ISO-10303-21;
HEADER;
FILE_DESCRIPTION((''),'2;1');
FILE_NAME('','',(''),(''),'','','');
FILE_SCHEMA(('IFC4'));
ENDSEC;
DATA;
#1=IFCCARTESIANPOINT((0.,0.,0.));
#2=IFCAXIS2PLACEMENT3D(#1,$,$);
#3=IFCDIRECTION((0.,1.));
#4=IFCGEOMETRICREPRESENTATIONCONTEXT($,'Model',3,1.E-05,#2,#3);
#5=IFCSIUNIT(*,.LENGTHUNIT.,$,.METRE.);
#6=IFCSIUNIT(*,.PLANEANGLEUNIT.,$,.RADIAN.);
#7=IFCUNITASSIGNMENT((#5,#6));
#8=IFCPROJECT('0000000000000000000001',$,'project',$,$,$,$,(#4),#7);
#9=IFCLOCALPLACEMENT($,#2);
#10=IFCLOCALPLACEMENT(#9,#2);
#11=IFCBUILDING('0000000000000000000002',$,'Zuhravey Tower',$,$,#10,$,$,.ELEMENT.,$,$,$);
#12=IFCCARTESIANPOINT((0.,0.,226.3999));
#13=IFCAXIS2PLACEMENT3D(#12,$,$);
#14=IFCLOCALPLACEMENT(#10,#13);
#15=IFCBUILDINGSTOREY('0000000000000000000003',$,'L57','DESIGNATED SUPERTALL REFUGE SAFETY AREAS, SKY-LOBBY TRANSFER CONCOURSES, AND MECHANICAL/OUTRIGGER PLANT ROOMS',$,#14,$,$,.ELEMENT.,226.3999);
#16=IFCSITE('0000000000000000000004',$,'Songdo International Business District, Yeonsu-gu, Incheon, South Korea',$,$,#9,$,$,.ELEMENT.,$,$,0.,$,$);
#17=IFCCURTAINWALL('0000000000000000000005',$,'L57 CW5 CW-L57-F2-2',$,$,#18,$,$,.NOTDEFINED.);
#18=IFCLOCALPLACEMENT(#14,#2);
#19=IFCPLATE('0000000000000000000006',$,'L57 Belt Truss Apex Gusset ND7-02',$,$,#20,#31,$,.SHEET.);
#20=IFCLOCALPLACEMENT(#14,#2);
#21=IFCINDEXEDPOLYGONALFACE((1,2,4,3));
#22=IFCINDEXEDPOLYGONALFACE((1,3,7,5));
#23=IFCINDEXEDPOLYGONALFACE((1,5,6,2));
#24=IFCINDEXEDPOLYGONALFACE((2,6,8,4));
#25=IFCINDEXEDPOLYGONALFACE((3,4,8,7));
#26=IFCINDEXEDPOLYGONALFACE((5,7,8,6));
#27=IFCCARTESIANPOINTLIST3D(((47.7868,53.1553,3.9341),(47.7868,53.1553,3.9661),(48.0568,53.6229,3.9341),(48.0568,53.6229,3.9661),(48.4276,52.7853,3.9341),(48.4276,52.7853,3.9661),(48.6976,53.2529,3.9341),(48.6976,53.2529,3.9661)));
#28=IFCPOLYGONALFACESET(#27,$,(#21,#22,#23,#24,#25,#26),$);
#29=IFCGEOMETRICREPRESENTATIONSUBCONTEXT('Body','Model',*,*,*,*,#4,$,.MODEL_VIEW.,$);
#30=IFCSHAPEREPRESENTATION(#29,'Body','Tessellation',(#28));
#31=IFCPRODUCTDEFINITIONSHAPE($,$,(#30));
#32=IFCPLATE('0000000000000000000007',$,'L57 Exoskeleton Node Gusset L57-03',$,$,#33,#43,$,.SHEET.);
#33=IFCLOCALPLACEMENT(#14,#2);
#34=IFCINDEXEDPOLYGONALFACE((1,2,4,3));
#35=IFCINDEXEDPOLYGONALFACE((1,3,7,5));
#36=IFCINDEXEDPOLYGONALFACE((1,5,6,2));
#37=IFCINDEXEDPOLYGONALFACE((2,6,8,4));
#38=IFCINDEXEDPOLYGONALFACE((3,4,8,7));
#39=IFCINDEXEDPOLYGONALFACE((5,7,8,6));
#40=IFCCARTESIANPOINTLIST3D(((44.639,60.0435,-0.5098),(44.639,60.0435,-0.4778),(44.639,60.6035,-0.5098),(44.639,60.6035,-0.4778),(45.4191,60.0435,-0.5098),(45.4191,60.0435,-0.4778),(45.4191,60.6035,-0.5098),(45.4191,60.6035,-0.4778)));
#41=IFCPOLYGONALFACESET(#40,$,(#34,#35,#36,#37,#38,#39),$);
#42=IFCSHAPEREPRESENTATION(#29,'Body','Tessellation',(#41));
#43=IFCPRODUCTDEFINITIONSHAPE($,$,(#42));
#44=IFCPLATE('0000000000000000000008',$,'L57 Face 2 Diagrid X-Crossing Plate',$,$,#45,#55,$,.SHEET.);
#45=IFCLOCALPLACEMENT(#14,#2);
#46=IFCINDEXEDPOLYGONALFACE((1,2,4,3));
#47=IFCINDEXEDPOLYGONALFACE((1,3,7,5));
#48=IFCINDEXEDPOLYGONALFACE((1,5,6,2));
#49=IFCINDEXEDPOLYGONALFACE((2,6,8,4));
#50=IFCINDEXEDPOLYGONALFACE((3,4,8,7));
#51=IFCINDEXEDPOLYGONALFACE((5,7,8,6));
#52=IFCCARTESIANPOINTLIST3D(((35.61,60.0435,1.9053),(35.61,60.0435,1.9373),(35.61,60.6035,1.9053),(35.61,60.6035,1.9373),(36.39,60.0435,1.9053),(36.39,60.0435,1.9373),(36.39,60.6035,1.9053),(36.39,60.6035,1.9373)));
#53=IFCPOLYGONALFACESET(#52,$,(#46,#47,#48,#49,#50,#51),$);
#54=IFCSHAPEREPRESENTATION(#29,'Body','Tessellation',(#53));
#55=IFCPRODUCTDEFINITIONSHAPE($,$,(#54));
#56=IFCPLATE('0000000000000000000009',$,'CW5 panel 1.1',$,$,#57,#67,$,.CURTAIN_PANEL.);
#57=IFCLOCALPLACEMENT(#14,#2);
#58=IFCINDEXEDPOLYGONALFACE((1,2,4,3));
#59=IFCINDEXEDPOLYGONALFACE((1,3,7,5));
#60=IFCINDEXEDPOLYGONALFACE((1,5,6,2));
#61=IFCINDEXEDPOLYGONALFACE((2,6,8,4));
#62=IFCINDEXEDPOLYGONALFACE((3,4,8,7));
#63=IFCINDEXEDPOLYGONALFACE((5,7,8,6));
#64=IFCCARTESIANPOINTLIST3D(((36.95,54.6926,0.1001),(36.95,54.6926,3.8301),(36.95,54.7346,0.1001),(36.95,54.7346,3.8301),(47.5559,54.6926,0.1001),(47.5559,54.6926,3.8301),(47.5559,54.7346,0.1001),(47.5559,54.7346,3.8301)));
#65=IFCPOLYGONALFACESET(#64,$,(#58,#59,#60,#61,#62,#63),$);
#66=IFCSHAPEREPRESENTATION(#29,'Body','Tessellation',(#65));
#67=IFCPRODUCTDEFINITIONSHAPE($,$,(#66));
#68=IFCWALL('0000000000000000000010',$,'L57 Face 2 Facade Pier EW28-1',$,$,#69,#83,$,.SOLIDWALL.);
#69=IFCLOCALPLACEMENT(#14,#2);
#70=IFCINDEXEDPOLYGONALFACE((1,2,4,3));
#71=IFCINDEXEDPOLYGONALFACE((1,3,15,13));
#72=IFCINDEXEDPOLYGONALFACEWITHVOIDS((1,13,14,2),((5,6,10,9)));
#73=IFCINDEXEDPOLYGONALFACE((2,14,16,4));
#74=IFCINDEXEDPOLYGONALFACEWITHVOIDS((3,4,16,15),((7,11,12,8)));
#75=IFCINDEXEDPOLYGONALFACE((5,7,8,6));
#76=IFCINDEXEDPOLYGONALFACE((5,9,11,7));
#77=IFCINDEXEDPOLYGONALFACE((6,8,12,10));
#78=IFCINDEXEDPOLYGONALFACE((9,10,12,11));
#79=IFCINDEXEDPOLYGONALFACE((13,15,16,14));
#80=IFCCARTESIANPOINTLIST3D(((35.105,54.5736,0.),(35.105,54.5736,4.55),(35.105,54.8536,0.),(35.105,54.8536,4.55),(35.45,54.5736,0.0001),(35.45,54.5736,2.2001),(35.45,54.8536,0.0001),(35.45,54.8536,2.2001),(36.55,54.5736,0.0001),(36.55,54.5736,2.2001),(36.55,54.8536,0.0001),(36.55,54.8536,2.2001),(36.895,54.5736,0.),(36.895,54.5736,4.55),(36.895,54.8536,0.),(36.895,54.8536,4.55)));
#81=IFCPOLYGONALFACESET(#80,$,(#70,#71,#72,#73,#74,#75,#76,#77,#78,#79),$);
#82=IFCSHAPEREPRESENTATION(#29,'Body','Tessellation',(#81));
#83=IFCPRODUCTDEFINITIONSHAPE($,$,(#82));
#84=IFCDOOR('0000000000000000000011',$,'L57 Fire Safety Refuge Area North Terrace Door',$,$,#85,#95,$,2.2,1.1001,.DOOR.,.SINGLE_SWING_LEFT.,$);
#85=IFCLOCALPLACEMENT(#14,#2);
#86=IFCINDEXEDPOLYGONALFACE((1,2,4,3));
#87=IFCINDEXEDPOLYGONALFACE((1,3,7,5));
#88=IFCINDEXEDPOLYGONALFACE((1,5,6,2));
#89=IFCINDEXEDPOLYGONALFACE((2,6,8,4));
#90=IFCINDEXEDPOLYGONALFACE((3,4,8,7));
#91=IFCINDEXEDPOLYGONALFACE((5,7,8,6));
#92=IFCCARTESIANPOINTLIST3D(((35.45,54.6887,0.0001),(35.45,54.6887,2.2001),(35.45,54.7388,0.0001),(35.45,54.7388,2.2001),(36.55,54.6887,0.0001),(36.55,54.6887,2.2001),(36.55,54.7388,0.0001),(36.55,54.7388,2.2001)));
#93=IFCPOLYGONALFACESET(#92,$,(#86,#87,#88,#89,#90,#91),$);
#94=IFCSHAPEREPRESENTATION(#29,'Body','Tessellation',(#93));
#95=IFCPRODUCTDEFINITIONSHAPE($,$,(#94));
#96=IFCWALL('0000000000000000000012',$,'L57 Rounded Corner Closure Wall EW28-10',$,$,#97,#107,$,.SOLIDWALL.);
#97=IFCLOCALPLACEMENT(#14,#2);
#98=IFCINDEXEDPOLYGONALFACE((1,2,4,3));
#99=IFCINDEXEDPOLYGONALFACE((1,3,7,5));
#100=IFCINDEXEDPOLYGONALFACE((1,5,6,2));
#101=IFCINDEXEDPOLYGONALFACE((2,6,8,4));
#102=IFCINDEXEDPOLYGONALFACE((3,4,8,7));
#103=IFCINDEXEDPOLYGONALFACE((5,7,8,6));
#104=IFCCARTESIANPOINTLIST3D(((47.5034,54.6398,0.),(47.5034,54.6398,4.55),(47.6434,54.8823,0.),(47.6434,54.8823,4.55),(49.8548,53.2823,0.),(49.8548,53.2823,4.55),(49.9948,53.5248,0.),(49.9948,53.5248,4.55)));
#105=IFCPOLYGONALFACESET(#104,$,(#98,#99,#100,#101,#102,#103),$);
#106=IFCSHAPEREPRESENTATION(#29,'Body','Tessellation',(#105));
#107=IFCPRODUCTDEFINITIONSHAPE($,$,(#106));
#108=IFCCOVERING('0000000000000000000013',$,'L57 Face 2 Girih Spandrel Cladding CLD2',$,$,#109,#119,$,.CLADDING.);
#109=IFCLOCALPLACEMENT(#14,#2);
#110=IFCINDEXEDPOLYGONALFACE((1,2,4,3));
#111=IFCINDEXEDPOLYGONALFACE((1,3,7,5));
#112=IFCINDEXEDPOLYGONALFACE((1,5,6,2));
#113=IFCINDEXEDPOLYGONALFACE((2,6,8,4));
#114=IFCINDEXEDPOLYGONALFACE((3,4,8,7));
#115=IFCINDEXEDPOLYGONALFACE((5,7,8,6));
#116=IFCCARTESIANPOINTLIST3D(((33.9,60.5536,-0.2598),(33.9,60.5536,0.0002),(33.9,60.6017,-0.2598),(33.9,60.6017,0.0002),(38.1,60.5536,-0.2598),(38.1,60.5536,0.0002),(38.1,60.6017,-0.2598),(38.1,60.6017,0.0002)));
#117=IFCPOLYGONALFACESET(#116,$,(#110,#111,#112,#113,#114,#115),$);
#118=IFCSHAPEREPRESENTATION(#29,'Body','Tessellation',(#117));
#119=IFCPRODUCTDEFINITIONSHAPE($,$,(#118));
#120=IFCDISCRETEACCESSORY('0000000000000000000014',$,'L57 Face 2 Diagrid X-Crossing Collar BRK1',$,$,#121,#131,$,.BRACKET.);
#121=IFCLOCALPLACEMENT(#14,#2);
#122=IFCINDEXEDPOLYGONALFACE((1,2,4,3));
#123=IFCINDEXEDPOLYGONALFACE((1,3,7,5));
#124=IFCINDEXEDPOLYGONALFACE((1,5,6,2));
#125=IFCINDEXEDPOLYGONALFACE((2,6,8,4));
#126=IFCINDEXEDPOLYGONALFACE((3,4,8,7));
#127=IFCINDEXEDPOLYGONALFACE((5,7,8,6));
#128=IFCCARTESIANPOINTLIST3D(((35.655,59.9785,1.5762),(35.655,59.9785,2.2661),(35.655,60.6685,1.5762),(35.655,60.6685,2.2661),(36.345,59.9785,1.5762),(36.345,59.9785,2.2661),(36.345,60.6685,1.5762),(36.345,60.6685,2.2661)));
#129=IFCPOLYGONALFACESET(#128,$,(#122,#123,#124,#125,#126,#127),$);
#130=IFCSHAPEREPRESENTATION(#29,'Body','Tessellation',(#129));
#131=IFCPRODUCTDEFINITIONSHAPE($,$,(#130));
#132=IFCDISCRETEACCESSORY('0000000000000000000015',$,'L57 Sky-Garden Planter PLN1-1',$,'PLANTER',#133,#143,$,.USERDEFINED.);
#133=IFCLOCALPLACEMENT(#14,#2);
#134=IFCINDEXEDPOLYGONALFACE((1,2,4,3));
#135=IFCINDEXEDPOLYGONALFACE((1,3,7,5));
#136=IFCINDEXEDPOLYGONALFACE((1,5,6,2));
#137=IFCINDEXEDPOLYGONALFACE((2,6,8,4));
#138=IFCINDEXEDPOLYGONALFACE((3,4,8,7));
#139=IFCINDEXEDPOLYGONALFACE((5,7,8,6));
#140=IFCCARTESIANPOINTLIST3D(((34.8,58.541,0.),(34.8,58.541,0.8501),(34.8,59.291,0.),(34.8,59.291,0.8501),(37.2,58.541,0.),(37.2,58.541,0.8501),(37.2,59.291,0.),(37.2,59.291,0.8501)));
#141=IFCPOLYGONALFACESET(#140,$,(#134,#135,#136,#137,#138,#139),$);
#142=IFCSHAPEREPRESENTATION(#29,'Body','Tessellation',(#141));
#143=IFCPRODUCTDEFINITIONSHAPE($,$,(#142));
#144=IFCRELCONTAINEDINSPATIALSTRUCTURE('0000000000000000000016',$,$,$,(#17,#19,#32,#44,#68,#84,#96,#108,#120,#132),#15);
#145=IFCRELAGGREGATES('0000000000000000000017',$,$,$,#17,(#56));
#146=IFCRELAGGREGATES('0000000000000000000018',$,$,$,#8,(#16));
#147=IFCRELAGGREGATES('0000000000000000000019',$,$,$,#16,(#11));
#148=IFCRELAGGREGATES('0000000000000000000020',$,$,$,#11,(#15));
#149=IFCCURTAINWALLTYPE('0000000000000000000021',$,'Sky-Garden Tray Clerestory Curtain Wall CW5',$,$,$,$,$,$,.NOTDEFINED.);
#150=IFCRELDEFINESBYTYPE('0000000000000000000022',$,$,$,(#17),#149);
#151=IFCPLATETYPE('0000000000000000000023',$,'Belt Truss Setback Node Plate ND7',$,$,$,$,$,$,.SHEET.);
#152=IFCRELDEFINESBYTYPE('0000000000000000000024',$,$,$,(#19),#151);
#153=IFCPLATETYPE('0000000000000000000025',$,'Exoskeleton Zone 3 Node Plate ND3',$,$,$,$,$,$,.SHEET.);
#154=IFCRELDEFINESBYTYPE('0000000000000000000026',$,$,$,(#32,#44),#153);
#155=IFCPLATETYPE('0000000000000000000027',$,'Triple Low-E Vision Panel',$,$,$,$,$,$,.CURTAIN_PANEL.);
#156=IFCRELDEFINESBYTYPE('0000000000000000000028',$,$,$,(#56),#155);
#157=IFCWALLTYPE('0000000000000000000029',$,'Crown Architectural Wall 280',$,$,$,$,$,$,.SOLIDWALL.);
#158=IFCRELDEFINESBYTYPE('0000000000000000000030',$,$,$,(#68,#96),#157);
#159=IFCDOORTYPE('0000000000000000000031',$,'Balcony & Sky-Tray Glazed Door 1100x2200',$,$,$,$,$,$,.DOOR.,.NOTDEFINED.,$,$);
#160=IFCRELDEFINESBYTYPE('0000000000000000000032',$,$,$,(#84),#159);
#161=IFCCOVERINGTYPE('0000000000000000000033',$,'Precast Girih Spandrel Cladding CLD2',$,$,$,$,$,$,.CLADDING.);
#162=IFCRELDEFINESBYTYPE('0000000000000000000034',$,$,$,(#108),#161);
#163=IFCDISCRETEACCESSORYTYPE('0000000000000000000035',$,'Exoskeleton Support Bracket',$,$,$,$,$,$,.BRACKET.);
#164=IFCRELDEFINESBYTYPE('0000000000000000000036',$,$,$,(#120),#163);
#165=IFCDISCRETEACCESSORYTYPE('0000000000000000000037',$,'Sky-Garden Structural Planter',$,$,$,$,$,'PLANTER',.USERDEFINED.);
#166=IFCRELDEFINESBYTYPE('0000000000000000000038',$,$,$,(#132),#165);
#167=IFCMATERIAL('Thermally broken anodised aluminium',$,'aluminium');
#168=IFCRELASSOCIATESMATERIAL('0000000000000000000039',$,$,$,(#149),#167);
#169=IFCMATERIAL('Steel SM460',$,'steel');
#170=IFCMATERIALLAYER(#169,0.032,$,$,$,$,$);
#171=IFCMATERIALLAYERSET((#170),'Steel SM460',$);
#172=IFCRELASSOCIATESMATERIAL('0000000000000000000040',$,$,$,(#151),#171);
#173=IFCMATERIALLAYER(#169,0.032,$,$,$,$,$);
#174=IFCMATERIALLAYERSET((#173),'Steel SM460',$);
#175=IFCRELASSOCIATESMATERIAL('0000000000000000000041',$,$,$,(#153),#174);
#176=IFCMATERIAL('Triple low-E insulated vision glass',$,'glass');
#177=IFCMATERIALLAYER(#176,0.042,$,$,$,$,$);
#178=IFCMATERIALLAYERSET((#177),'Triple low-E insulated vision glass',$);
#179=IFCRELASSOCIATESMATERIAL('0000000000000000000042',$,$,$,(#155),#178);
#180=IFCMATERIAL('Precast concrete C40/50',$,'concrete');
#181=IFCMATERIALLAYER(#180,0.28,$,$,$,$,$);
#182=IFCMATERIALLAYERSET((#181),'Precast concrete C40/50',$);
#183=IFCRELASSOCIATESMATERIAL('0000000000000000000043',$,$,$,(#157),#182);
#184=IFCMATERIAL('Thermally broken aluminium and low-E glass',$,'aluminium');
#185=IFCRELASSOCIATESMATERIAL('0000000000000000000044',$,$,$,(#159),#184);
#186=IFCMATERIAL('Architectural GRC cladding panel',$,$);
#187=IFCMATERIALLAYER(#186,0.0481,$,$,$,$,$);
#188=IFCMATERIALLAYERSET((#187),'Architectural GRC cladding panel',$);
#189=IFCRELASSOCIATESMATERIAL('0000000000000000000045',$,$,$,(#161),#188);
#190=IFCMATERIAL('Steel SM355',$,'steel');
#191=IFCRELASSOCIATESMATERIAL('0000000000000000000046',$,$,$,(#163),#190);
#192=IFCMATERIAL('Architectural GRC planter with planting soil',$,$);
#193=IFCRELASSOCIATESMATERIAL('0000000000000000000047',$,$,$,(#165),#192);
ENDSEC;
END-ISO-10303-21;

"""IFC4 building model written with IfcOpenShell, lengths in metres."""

from ifc_helpers import new_model, si_unit, direction, frame, frame_2d, origin, origin_2d, place, context, subcontext, project, spatial, rectangle, extrude, material, layer, layer_set, type_object, element, fill, aggregate, save


model = new_model("IFC4")

# Units and contexts
model_context = context("Model", 3, precision=1e-05, world=origin(), true_north=direction((0.0, 1.0)))
body_context = subcontext(model_context, "Body", "Model", "MODEL_VIEW")
ifc_project = project(units=[si_unit("LENGTHUNIT", "METRE"), si_unit("PLANEANGLEUNIT", "RADIAN")], contexts=[model_context])

# Site, building, storey
site_placement = place(None, origin())
site = spatial("IfcSite", under=ifc_project, at=site_placement, Name="Songdo International Business District, Yeonsu-gu, Incheon, South Korea", CompositionType="ELEMENT", RefElevation=0.0)
building_placement = place(site_placement, origin())
building = spatial("IfcBuilding", under=site, at=building_placement, Name="Zuhravey Tower", CompositionType="ELEMENT")
storey_placement = place(building_placement, frame((0.0, 0.0, 226.3999)))
storey = spatial("IfcBuildingStorey", under=building, at=storey_placement, Name="L57", Description="DESIGNATED SUPERTALL REFUGE SAFETY AREAS, SKY-LOBBY TRANSFER CONCOURSES, AND MECHANICAL/OUTRIGGER PLANT ROOMS", CompositionType="ELEMENT", Elevation=226.3999)

# Shared definitions
ifc_material_1 = material(Name="Steel SM355", Category="steel")

# Shared definitions
ifc_material_2 = material(Name="Steel SM460", Category="steel")

# Shared definitions
ifc_material_3 = material(Name="Thermally broken anodised aluminium", Category="aluminium")
curtain_wall_type = type_object("IfcCurtainWallType", Name="Sky-Garden Tray Clerestory Curtain Wall CW5", PredefinedType="NOTDEFINED", material=ifc_material_3)

# Curtain wall
curtain_wall_1_placement = place(storey_placement, origin())
curtain_wall_1 = element("IfcCurtainWall", 1, at=curtain_wall_1_placement, inside=storey, type_object=curtain_wall_type, Name="L57 CW5 CW-L57-F2-2", PredefinedType="NOTDEFINED")

# Plates
ifc_layer_1 = layer(ifc_material_2, 0.032)
ifc_layer_set_1 = layer_set([ifc_layer_1], Name="Steel SM460")
plate_type_1 = type_object("IfcPlateType", Name="Belt Truss Setback Node Plate ND7", PredefinedType="SHEET", material=ifc_layer_set_1)
plate_1_placement = place(storey_placement, frame((48.2422, 53.2041, 3.9341), z_axis=(0.0, 0.0, 1.0), x_axis=(-0.866025, 0.5, 0.0)))
element("IfcPlate", 2, at=plate_1_placement, inside=storey, type_object=plate_type_1, Name="L57 Belt Truss Apex Gusset ND7-02", PredefinedType="SHEET", context=body_context, shape_type="SweptSolid", body=[
    extrude(rectangle(XDim=0.74, YDim=0.54, at=origin_2d()), origin(), (0.0, 0.0, 1.0), 0.032),
])
ifc_layer_2 = layer(ifc_material_2, 0.032)
ifc_layer_set_2 = layer_set([ifc_layer_2], Name="Steel SM460")
plate_type_2 = type_object("IfcPlateType", Name="Exoskeleton Zone 3 Node Plate ND3", PredefinedType="SHEET", material=ifc_layer_set_2)
for number, where, z_axis, x_axis, name in (
    (3, (45.0291, 60.3235, -0.5098), (0.0, 0.0, 1.0), (-1.0, 0.0, 0.0), "L57 Exoskeleton Node Gusset L57-03"),
    (4, (36.0, 60.3235, 1.9053), (0.0, 0.0, 1.0), (-1.0, 0.0, 0.0), "L57 Face 2 Diagrid X-Crossing Plate"),
):
    element("IfcPlate", number, at=place(storey_placement, frame(where, z_axis=z_axis, x_axis=x_axis)), inside=storey, type_object=plate_type_2, Name=name, PredefinedType="SHEET", context=body_context, shape_type="SweptSolid", body=[
        extrude(rectangle(XDim=0.78, YDim=0.5601, at=origin_2d()), origin(), (0.0, 0.0, 1.0), 0.032),
    ])

# Plate
ifc_material_4 = material(Name="Triple low-E insulated vision glass", Category="glass")
ifc_layer_3 = layer(ifc_material_4, 0.042)
ifc_layer_set_3 = layer_set([ifc_layer_3], Name="Triple low-E insulated vision glass")
plate_type_3 = type_object("IfcPlateType", Name="Triple Low-E Vision Panel", PredefinedType="CURTAIN_PANEL", material=ifc_layer_set_3)
plate_2_placement = place(storey_placement, frame((42.2529, 54.7136, 0.1001), z_axis=(0.0, 0.0, 1.0), x_axis=(1.0, 0.0, 0.0)))
plate_2 = element("IfcPlate", 5, at=plate_2_placement, type_object=plate_type_3, Name="CW5 panel 1.1", PredefinedType="CURTAIN_PANEL", context=body_context, shape_type="SweptSolid", body=[
    extrude(rectangle(XDim=10.606, YDim=0.042, at=origin_2d()), origin(), (0.0, 0.0, 1.0), 3.73),
])
aggregate(curtain_wall_1, [plate_2])

# Wall, opening, door
ifc_material_5 = material(Name="Precast concrete C40/50", Category="concrete")
ifc_layer_4 = layer(ifc_material_5, 0.28)
ifc_layer_set_4 = layer_set([ifc_layer_4], Name="Precast concrete C40/50")
wall_type = type_object("IfcWallType", Name="Crown Architectural Wall 280", PredefinedType="SOLIDWALL", material=ifc_layer_set_4)
wall_1_placement = place(storey_placement, frame((35.105, 54.7136, 0.0), z_axis=(0.0, 0.0, 1.0), x_axis=(1.0, 0.0, 0.0)))
wall_1 = element("IfcWall", 6, at=wall_1_placement, inside=storey, type_object=wall_type, Name="L57 Face 2 Facade Pier EW28-1", PredefinedType="SOLIDWALL", context=body_context, shape_type="SweptSolid", body=[
    extrude(rectangle(XDim=1.79, YDim=0.28, at=frame_2d((0.895, 0.0))), origin(), (0.0, 0.0, 1.0), 4.55),
])
opening_placement = place(wall_1_placement, frame((0.345, 0.0, 0.0)))
opening = element("IfcOpeningElement", 7, at=opening_placement, cuts=wall_1, PredefinedType="OPENING", context=body_context, shape_type="SweptSolid", body=[
    extrude(rectangle(XDim=1.1001, YDim=2.2, at=frame_2d((0.55, 1.1001))), frame((0.0, 0.1521, 0.0), z_axis=(0.0, -1.0, 0.0), x_axis=(1.0, 0.0, 0.0)), (0.0, 0.0, 1.0), 0.304),
])
ifc_material_6 = material(Name="Thermally broken aluminium and low-E glass", Category="aluminium")
door_type = type_object("IfcDoorType", Name="Balcony & Sky-Tray Glazed Door 1100x2200", OperationType="NOTDEFINED", PredefinedType="DOOR", material=ifc_material_6)
door_placement = place(opening_placement, frame((1.1001, 0.0, 0.0), z_axis=(0.0, 0.0, 1.0), x_axis=(-1.0, 0.0, 0.0)))
door = element("IfcDoor", 8, at=door_placement, inside=storey, type_object=door_type, Name="L57 Fire Safety Refuge Area North Terrace Door", OperationType="SINGLE_SWING_LEFT", OverallHeight=2.2, OverallWidth=1.1001, PredefinedType="DOOR", context=body_context, shape_type="SweptSolid", body=[
    extrude(rectangle(XDim=1.1001, YDim=2.2, at=frame_2d((0.55, 1.1001))), frame((0.0, 0.0249, 0.0), z_axis=(0.0, -1.0, 0.0), x_axis=(1.0, 0.0, 0.0)), (0.0, 0.0, 1.0), 0.05),
])
fill(opening, door)

# Wall
wall_2_placement = place(storey_placement, frame((47.5735, 54.761, 0.0), z_axis=(0.0, 0.0, 1.0), x_axis=(0.866043, -0.499969, 0.0)))
element("IfcWall", 9, at=wall_2_placement, inside=storey, type_object=wall_type, Name="L57 Rounded Corner Closure Wall EW28-10", PredefinedType="SOLIDWALL", context=body_context, shape_type="SweptSolid", body=[
    extrude(rectangle(XDim=2.7151, YDim=0.28, at=frame_2d((1.3574, 0.0))), origin(), (0.0, 0.0, 1.0), 4.55),
])

# Covering
ifc_material_7 = material(Name="Architectural GRC cladding panel")
ifc_layer_5 = layer(ifc_material_7, 0.0481)
ifc_layer_set_5 = layer_set([ifc_layer_5], Name="Architectural GRC cladding panel")
covering_type = type_object("IfcCoveringType", Name="Precast Girih Spandrel Cladding CLD2", PredefinedType="CLADDING", material=ifc_layer_set_5)
covering_placement = place(storey_placement, frame((36.0, 60.5776, -0.2598), z_axis=(0.0, 0.0, 1.0), x_axis=(1.0, 0.0, 0.0)))
element("IfcCovering", 10, at=covering_placement, inside=storey, type_object=covering_type, Name="L57 Face 2 Girih Spandrel Cladding CLD2", PredefinedType="CLADDING", context=body_context, shape_type="SweptSolid", body=[
    extrude(rectangle(XDim=4.2, YDim=0.0481, at=origin_2d()), origin(), (0.0, 0.0, 1.0), 0.26),
])

# Discrete accessories
discrete_accessory_type_1 = type_object("IfcDiscreteAccessoryType", Name="Exoskeleton Support Bracket", PredefinedType="BRACKET", material=ifc_material_1)
discrete_accessory_1_placement = place(storey_placement, frame((36.0, 60.3235, 1.5762), z_axis=(0.0, 0.0, 1.0), x_axis=(-1.0, 0.0, 0.0)))
element("IfcDiscreteAccessory", 11, at=discrete_accessory_1_placement, inside=storey, type_object=discrete_accessory_type_1, Name="L57 Face 2 Diagrid X-Crossing Collar BRK1", PredefinedType="BRACKET", context=body_context, shape_type="SweptSolid", body=[
    extrude(rectangle(XDim=0.6899, YDim=0.6899, at=origin_2d()), origin(), (0.0, 0.0, 1.0), 0.6899),
])
ifc_material_8 = material(Name="Architectural GRC planter with planting soil")
discrete_accessory_type_2 = type_object("IfcDiscreteAccessoryType", Name="Sky-Garden Structural Planter", ElementType="PLANTER", PredefinedType="USERDEFINED", material=ifc_material_8)
discrete_accessory_2_placement = place(storey_placement, frame((36.0, 58.916, 0.0), z_axis=(0.0, 0.0, 1.0), x_axis=(-1.0, 0.0, 0.0)))
element("IfcDiscreteAccessory", 12, at=discrete_accessory_2_placement, inside=storey, type_object=discrete_accessory_type_2, Name="L57 Sky-Garden Planter PLN1-1", ObjectType="PLANTER", PredefinedType="USERDEFINED", context=body_context, shape_type="SweptSolid", body=[
    extrude(rectangle(XDim=2.3999, YDim=0.75, at=origin_2d()), origin(), (0.0, 0.0, 1.0), 0.8501),
])

save(model, "model.ifc")
